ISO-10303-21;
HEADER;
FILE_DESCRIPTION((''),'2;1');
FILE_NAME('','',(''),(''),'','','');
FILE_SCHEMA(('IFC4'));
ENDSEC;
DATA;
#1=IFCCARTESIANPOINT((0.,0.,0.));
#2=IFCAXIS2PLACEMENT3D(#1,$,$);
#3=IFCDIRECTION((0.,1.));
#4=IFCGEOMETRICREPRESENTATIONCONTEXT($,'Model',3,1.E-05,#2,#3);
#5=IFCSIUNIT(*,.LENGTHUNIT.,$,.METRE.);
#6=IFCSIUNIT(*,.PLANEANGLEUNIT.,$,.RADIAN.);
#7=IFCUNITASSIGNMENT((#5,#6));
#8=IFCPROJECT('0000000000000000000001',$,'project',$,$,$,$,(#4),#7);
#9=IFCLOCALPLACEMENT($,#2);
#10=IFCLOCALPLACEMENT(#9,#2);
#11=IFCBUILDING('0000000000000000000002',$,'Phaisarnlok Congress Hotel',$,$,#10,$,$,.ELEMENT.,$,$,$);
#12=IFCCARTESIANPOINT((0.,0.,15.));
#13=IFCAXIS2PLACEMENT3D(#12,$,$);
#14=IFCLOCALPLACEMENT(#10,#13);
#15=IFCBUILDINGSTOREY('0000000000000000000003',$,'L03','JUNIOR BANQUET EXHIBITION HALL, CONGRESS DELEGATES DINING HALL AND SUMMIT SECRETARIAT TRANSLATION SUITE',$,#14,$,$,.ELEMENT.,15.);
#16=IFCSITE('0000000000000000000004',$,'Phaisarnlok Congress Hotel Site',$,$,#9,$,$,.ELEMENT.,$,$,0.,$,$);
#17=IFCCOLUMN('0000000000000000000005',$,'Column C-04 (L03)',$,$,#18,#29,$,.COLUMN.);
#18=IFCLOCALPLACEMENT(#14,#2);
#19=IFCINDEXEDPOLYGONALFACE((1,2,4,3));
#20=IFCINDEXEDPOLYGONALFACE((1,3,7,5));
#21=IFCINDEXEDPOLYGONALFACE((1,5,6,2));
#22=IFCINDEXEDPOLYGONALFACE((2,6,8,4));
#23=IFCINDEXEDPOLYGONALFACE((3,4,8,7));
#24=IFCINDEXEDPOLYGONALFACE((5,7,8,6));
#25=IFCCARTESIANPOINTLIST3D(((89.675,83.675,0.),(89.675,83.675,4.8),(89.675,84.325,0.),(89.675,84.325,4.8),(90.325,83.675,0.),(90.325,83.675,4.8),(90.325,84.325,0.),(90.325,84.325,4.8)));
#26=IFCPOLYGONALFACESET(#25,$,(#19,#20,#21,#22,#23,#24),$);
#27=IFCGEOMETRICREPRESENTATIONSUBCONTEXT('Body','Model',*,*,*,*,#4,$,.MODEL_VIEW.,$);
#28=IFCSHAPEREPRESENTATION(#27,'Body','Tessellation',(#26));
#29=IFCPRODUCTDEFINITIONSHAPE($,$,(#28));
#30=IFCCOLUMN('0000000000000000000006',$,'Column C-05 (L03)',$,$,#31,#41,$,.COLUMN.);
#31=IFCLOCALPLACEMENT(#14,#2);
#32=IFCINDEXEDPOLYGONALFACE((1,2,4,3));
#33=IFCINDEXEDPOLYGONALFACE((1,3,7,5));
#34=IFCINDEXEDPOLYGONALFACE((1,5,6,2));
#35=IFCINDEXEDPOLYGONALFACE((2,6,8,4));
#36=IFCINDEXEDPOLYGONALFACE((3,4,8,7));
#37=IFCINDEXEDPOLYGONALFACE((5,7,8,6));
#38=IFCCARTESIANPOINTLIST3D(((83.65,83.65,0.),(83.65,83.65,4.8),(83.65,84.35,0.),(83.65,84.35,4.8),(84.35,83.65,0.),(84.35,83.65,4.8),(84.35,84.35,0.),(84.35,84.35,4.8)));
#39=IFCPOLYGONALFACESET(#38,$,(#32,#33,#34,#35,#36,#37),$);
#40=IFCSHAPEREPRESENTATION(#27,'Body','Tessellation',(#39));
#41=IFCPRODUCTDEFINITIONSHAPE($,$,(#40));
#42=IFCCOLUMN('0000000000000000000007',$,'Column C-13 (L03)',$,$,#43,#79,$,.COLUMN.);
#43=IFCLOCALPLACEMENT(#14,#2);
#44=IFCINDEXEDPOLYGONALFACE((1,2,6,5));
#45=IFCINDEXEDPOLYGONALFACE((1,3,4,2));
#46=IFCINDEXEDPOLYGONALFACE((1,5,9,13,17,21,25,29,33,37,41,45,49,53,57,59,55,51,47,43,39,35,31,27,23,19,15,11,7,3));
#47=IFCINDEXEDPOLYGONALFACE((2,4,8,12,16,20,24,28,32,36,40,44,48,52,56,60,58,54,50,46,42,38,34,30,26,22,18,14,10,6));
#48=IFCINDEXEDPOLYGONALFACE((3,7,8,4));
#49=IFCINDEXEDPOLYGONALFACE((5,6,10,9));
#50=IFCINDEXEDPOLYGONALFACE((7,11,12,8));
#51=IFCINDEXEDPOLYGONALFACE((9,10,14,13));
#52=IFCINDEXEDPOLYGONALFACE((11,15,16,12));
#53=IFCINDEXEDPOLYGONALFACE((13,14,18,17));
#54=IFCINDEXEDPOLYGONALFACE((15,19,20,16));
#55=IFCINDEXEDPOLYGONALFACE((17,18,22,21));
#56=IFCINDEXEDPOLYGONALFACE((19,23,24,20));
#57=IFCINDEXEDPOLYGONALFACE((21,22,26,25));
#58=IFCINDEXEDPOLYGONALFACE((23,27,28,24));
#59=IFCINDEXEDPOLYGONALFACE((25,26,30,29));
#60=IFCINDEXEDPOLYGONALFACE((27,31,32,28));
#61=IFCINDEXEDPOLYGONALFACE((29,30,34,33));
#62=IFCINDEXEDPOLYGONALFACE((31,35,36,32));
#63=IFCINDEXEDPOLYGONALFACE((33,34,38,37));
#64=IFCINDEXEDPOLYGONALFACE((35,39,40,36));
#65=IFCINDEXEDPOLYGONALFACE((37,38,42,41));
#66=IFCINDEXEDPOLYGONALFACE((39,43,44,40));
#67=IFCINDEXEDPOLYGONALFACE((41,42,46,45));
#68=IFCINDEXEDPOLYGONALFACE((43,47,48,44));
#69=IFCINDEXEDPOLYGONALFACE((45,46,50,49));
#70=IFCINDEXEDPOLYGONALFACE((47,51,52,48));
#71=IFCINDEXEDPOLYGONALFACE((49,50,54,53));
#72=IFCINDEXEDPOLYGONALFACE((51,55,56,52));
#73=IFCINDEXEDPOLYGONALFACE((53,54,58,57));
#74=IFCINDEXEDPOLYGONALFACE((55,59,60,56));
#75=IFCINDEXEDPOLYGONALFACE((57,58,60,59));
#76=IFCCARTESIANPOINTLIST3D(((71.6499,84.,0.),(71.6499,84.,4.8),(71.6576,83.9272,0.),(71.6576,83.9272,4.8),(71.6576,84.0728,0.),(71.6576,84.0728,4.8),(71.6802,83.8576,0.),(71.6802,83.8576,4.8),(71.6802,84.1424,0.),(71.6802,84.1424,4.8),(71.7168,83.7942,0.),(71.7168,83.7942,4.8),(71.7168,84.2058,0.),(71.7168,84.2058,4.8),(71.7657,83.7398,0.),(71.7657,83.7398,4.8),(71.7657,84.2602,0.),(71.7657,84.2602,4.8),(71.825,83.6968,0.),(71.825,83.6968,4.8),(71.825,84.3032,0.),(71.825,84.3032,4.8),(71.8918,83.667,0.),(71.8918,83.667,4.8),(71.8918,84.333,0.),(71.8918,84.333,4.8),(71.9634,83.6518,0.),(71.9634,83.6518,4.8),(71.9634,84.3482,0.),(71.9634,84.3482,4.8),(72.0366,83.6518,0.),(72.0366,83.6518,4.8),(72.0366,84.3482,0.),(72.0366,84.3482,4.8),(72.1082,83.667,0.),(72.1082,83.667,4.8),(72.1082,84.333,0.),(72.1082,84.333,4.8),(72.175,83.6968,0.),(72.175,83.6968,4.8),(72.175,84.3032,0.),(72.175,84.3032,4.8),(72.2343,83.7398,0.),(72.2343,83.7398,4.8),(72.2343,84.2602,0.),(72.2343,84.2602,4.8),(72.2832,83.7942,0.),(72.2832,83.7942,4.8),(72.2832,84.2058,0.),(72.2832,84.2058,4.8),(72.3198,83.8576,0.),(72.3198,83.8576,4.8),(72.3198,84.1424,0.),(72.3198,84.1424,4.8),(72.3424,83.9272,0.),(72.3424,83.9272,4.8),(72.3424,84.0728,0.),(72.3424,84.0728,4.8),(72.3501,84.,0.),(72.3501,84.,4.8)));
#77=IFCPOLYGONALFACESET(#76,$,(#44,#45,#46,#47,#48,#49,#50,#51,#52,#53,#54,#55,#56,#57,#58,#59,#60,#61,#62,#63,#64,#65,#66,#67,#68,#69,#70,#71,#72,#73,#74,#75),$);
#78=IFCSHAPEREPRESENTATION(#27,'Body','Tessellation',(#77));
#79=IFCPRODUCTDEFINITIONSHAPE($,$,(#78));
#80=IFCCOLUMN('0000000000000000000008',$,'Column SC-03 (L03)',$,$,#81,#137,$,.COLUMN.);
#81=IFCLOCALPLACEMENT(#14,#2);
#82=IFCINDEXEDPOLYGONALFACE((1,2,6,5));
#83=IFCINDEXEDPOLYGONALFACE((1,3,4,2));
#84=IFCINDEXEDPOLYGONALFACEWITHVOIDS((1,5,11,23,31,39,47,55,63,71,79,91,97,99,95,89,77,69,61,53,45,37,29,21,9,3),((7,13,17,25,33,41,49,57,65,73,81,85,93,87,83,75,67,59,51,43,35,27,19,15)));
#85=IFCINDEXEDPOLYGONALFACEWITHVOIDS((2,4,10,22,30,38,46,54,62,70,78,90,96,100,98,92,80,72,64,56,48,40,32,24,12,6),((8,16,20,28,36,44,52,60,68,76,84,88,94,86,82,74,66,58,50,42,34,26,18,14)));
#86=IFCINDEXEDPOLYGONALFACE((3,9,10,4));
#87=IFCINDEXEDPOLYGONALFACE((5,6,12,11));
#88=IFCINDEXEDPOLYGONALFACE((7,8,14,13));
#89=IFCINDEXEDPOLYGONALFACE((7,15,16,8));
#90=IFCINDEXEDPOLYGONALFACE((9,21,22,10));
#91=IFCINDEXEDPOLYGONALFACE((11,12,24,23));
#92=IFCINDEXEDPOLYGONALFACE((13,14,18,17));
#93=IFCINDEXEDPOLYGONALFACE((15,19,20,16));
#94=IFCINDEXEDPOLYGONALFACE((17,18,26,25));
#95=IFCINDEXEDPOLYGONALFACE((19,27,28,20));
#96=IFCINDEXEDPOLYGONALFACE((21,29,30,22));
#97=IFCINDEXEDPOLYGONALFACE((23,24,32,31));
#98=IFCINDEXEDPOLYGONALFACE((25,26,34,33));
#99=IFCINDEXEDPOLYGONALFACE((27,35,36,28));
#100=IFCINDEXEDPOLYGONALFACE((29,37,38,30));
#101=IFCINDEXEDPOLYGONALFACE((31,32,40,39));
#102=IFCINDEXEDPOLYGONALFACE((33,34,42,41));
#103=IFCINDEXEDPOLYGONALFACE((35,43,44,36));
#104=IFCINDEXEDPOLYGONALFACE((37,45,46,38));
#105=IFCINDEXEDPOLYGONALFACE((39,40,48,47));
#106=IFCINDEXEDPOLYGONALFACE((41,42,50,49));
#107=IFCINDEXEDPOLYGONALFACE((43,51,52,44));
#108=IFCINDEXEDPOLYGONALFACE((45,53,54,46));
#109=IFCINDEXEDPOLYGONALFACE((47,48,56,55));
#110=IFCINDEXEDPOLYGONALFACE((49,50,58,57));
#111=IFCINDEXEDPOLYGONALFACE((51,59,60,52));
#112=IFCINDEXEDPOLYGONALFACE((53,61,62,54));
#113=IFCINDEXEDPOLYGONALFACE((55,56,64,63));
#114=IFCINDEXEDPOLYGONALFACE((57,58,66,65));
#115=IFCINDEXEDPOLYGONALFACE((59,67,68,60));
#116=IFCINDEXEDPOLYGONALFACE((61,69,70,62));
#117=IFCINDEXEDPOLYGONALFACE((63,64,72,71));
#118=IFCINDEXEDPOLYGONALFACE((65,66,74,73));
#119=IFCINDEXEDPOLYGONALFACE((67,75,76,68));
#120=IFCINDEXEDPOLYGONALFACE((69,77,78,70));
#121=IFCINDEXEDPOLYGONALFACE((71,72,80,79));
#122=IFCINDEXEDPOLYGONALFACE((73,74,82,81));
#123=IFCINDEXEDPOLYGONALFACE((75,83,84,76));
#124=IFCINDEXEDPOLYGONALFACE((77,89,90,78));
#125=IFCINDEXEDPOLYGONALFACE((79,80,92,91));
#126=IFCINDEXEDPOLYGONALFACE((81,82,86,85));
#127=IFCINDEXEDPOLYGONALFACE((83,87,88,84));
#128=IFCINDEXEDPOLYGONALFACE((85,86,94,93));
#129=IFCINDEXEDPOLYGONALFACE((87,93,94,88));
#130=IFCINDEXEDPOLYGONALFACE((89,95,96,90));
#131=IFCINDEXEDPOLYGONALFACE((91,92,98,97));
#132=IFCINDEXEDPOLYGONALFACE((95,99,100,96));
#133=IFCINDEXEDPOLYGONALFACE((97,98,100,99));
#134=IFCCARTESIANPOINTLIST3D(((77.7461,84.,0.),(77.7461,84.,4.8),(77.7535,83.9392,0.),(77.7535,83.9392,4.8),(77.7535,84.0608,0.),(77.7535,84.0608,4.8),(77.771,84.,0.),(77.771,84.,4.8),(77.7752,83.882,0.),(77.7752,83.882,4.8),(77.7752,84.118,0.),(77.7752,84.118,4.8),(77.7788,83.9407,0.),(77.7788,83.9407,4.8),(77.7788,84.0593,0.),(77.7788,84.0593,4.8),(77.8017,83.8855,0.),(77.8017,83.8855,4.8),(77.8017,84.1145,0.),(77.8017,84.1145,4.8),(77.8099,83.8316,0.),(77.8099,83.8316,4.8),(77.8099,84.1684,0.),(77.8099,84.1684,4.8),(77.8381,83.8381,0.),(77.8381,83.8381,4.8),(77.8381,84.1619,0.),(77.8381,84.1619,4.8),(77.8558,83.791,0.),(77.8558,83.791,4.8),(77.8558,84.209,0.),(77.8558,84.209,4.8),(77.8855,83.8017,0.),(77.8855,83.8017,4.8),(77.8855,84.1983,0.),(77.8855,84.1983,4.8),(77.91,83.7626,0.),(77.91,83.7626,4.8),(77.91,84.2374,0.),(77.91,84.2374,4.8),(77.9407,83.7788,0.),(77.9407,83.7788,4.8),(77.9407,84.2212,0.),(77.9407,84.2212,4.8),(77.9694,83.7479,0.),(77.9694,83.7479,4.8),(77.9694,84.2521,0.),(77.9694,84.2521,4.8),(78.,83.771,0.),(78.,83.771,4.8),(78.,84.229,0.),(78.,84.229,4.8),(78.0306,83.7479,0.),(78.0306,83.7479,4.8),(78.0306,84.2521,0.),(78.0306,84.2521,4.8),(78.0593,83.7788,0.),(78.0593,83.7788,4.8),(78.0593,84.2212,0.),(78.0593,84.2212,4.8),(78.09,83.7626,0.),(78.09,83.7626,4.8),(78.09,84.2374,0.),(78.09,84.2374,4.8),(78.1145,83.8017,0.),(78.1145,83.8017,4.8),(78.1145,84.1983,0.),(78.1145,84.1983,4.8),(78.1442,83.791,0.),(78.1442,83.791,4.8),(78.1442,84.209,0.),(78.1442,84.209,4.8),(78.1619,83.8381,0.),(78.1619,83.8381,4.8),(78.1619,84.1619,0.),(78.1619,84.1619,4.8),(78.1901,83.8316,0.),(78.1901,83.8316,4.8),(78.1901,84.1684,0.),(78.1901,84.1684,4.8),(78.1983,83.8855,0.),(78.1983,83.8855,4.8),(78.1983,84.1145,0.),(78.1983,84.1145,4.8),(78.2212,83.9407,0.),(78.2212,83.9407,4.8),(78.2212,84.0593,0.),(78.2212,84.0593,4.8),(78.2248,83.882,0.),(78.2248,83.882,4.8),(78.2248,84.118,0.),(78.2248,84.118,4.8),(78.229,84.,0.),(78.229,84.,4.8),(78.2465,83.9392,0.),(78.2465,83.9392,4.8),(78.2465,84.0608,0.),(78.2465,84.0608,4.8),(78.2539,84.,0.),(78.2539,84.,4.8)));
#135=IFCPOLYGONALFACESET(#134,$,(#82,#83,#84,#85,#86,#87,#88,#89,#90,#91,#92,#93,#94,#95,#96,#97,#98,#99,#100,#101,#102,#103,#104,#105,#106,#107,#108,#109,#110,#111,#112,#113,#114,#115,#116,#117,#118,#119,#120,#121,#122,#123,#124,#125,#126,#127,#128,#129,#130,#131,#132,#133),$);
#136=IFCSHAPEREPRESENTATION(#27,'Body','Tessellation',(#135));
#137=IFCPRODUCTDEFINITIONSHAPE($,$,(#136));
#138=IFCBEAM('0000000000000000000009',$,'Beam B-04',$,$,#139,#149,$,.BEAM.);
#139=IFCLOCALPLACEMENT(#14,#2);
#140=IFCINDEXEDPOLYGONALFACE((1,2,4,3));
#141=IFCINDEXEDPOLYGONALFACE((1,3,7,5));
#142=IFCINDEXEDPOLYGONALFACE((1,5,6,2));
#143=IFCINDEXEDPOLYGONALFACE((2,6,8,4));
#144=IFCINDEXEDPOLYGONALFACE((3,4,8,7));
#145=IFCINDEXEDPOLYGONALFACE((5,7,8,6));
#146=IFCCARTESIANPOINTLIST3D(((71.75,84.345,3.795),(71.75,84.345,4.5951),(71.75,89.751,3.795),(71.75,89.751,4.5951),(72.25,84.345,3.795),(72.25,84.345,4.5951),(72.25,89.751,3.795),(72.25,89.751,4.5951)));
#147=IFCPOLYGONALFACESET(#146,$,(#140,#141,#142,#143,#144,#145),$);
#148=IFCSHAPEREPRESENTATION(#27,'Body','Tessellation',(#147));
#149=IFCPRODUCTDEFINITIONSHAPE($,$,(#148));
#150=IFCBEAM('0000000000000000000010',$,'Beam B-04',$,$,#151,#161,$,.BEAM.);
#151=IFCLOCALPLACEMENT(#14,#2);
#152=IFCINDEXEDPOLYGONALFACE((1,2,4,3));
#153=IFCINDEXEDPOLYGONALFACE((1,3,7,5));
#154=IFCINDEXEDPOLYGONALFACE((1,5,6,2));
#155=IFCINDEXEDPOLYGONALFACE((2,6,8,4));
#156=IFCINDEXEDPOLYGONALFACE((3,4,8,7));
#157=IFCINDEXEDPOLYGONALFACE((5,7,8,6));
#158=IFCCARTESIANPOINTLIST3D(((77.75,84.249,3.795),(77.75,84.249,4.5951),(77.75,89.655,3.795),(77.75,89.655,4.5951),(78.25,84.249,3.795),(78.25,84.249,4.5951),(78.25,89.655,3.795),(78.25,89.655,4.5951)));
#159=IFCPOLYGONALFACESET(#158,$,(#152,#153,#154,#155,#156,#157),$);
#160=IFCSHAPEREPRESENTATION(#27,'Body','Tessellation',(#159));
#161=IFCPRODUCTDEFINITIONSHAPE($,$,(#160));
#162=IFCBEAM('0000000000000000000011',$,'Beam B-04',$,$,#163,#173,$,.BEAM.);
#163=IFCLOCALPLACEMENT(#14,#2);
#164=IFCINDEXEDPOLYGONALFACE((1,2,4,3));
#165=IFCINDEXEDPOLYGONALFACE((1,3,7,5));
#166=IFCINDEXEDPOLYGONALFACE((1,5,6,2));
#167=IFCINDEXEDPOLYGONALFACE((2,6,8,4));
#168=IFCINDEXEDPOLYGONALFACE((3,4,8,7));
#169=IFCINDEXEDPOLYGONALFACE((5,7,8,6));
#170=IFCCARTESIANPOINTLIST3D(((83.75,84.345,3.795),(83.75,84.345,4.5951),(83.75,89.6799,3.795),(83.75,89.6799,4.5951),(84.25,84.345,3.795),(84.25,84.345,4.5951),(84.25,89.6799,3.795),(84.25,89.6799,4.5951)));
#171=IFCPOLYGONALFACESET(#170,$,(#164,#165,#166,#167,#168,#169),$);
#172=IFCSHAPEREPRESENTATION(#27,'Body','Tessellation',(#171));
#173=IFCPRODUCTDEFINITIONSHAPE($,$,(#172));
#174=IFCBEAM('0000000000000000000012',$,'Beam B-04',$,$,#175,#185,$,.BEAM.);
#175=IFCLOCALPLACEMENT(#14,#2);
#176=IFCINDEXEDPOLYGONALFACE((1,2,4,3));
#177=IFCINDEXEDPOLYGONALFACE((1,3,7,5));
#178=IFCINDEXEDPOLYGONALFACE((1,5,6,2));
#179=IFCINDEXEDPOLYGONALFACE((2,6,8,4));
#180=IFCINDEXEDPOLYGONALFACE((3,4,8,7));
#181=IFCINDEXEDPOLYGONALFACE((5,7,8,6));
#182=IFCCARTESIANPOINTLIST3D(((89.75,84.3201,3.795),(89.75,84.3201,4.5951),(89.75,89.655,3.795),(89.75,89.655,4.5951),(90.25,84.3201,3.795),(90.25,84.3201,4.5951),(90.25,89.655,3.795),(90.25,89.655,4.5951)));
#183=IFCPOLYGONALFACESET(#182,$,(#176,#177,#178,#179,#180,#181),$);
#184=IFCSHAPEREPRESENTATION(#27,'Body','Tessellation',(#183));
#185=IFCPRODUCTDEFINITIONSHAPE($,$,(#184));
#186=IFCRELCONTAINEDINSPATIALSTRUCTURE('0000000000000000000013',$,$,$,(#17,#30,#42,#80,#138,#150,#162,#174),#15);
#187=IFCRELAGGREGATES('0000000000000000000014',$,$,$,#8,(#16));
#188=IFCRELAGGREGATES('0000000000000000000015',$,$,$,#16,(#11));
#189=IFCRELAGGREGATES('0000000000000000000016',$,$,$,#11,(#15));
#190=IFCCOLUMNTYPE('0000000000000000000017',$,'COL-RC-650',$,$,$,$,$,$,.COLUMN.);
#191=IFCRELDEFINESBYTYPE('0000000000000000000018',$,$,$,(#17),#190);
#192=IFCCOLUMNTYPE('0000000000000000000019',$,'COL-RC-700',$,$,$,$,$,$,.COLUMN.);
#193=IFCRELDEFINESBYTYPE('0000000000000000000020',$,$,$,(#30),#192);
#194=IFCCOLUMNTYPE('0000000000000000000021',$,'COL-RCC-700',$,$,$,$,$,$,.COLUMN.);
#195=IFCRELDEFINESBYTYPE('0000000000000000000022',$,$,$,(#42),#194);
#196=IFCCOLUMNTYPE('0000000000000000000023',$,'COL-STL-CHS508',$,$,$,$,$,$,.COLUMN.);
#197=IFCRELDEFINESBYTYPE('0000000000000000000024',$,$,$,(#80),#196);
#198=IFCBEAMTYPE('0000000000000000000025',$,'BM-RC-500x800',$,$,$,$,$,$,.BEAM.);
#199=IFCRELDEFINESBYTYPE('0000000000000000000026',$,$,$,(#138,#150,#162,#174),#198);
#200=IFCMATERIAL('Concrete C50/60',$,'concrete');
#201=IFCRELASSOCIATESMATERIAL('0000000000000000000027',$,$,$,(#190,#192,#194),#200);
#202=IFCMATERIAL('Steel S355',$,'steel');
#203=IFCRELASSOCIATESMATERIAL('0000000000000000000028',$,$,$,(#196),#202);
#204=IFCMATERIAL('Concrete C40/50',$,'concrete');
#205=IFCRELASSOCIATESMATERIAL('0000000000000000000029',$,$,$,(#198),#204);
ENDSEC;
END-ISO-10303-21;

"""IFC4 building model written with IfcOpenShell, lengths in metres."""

from ifc_helpers import new_model, si_unit, direction, frame, origin, origin_2d, place, context, subcontext, project, spatial, rectangle, circle, hollow_circle, extrude, material, material_profile, profile_set, type_object, element, save


model = new_model("IFC4")

# Units and contexts
model_context = context("Model", 3, precision=1e-05, world=origin(), true_north=direction((0.0, 1.0)))
body_context = subcontext(model_context, "Body", "Model", "MODEL_VIEW")
ifc_project = project(units=[si_unit("LENGTHUNIT", "METRE"), si_unit("PLANEANGLEUNIT", "RADIAN")], contexts=[model_context])

# Site, building, storey
site_placement = place(None, origin())
site = spatial("IfcSite", under=ifc_project, at=site_placement, Name="Phaisarnlok Congress Hotel Site", CompositionType="ELEMENT", RefElevation=0.0)
building_placement = place(site_placement, origin())
building = spatial("IfcBuilding", under=site, at=building_placement, Name="Phaisarnlok Congress Hotel", CompositionType="ELEMENT")
storey_placement = place(building_placement, frame((0.0, 0.0, 15.0)))
storey = spatial("IfcBuildingStorey", under=building, at=storey_placement, Name="L03", Description="JUNIOR BANQUET EXHIBITION HALL, CONGRESS DELEGATES DINING HALL AND SUMMIT SECRETARIAT TRANSLATION SUITE", CompositionType="ELEMENT", Elevation=15.0)

# Columns
ifc_material_1 = material(Name="Concrete C50/60", Category="concrete")
ifc_material_profile_1 = material_profile(ifc_material_1, rectangle(XDim=0.6499, YDim=0.6499, at=origin_2d()), Name="RC 650x650")
ifc_profile_set_1 = profile_set([ifc_material_profile_1], Name="Concrete C50/60")
column_type_1 = type_object("IfcColumnType", Name="COL-RC-650", PredefinedType="COLUMN", material=ifc_profile_set_1)
column_1_placement = place(storey_placement, frame((90.0, 84.0, 0.0), z_axis=(0.0, 0.0, 1.0), x_axis=(1.0, 0.0, 0.0)))
element("IfcColumn", 1, at=column_1_placement, inside=storey, type_object=column_type_1, Name="Column C-04 (L03)", PredefinedType="COLUMN", context=body_context, shape_type="SweptSolid", body=[
    extrude(rectangle(XDim=0.6499, YDim=0.6499, at=origin_2d()), origin(), (0.0, 0.0, 1.0), 4.8),
])
ifc_material_profile_2 = material_profile(ifc_material_1, rectangle(XDim=0.7, YDim=0.7, at=origin_2d()), Name="RC 700x700")
ifc_profile_set_2 = profile_set([ifc_material_profile_2], Name="Concrete C50/60")
column_type_2 = type_object("IfcColumnType", Name="COL-RC-700", PredefinedType="COLUMN", material=ifc_profile_set_2)
column_2_placement = place(storey_placement, frame((84.0, 84.0, 0.0), z_axis=(0.0, 0.0, 1.0), x_axis=(1.0, 0.0, 0.0)))
element("IfcColumn", 2, at=column_2_placement, inside=storey, type_object=column_type_2, Name="Column C-05 (L03)", PredefinedType="COLUMN", context=body_context, shape_type="SweptSolid", body=[
    extrude(rectangle(XDim=0.7, YDim=0.7, at=origin_2d()), origin(), (0.0, 0.0, 1.0), 4.8),
])
ifc_material_profile_3 = material_profile(ifc_material_1, circle(Radius=0.3501, at=origin_2d()), Name="RCC D700")
ifc_profile_set_3 = profile_set([ifc_material_profile_3], Name="Concrete C50/60")
column_type_3 = type_object("IfcColumnType", Name="COL-RCC-700", PredefinedType="COLUMN", material=ifc_profile_set_3)
column_3_placement = place(storey_placement, frame((72.0, 84.0, 0.0), z_axis=(0.0, 0.0, 1.0), x_axis=(1.0, 0.0, 0.0)))
element("IfcColumn", 3, at=column_3_placement, inside=storey, type_object=column_type_3, Name="Column C-13 (L03)", PredefinedType="COLUMN", context=body_context, shape_type="SweptSolid", body=[
    extrude(circle(Radius=0.3501, at=origin_2d()), origin(), (0.0, 0.0, 1.0), 4.8),
])
ifc_material_2 = material(Name="Steel S355", Category="steel")
ifc_material_profile_4 = material_profile(ifc_material_2, hollow_circle(Radius=0.2539, WallThickness=0.0249, at=origin_2d()), Name="CHS 508x25")
ifc_profile_set_4 = profile_set([ifc_material_profile_4], Name="Steel S355")
column_type_4 = type_object("IfcColumnType", Name="COL-STL-CHS508", PredefinedType="COLUMN", material=ifc_profile_set_4)
column_4_placement = place(storey_placement, frame((78.0, 84.0, 0.0), z_axis=(0.0, 0.0, 1.0), x_axis=(1.0, 0.0, 0.0)))
element("IfcColumn", 4, at=column_4_placement, inside=storey, type_object=column_type_4, Name="Column SC-03 (L03)", PredefinedType="COLUMN", context=body_context, shape_type="SweptSolid", body=[
    extrude(hollow_circle(Radius=0.2539, WallThickness=0.0249, at=origin_2d()), origin(), (0.0, 0.0, 1.0), 4.8),
])

# Beams
ifc_material_3 = material(Name="Concrete C40/50", Category="concrete")
ifc_material_profile_5 = material_profile(ifc_material_3, rectangle(XDim=0.5, YDim=0.8, at=origin_2d()), Name="RC 500x800")
ifc_profile_set_5 = profile_set([ifc_material_profile_5], Name="Concrete C40/50")
beam_type_1 = type_object("IfcBeamType", Name="BM-RC-500x800", PredefinedType="BEAM", material=ifc_profile_set_5)
for number, where, z_axis, x_axis, name in (
    (5, (72.0, 84.345, 4.1951), (0.0, 1.0, 0.0), (-1.0, 0.0, 0.0), "Beam B-04"),
    (6, (78.0, 84.249, 4.1951), (0.0, 1.0, 0.0), (-1.0, 0.0, 0.0), "Beam B-04"),
):
    element("IfcBeam", number, at=place(storey_placement, frame(where, z_axis=z_axis, x_axis=x_axis)), inside=storey, type_object=beam_type_1, Name=name, PredefinedType="BEAM", context=body_context, shape_type="SweptSolid", body=[
        extrude(rectangle(XDim=0.5, YDim=0.8, at=origin_2d()), origin(), (0.0, 0.0, 1.0), 5.406),
    ])
for number, where, z_axis, x_axis, name in (
    (7, (84.0, 84.345, 4.1951), (0.0, 1.0, 0.0), (-1.0, 0.0, 0.0), "Beam B-04"),
    (8, (90.0, 84.3201, 4.1951), (0.0, 1.0, 0.0), (-1.0, 0.0, 0.0), "Beam B-04"),
):
    element("IfcBeam", number, at=place(storey_placement, frame(where, z_axis=z_axis, x_axis=x_axis)), inside=storey, type_object=beam_type_1, Name=name, PredefinedType="BEAM", context=body_context, shape_type="SweptSolid", body=[
        extrude(rectangle(XDim=0.5, YDim=0.8, at=origin_2d()), origin(), (0.0, 0.0, 1.0), 5.335),
    ])

save(model, "model.ifc")
